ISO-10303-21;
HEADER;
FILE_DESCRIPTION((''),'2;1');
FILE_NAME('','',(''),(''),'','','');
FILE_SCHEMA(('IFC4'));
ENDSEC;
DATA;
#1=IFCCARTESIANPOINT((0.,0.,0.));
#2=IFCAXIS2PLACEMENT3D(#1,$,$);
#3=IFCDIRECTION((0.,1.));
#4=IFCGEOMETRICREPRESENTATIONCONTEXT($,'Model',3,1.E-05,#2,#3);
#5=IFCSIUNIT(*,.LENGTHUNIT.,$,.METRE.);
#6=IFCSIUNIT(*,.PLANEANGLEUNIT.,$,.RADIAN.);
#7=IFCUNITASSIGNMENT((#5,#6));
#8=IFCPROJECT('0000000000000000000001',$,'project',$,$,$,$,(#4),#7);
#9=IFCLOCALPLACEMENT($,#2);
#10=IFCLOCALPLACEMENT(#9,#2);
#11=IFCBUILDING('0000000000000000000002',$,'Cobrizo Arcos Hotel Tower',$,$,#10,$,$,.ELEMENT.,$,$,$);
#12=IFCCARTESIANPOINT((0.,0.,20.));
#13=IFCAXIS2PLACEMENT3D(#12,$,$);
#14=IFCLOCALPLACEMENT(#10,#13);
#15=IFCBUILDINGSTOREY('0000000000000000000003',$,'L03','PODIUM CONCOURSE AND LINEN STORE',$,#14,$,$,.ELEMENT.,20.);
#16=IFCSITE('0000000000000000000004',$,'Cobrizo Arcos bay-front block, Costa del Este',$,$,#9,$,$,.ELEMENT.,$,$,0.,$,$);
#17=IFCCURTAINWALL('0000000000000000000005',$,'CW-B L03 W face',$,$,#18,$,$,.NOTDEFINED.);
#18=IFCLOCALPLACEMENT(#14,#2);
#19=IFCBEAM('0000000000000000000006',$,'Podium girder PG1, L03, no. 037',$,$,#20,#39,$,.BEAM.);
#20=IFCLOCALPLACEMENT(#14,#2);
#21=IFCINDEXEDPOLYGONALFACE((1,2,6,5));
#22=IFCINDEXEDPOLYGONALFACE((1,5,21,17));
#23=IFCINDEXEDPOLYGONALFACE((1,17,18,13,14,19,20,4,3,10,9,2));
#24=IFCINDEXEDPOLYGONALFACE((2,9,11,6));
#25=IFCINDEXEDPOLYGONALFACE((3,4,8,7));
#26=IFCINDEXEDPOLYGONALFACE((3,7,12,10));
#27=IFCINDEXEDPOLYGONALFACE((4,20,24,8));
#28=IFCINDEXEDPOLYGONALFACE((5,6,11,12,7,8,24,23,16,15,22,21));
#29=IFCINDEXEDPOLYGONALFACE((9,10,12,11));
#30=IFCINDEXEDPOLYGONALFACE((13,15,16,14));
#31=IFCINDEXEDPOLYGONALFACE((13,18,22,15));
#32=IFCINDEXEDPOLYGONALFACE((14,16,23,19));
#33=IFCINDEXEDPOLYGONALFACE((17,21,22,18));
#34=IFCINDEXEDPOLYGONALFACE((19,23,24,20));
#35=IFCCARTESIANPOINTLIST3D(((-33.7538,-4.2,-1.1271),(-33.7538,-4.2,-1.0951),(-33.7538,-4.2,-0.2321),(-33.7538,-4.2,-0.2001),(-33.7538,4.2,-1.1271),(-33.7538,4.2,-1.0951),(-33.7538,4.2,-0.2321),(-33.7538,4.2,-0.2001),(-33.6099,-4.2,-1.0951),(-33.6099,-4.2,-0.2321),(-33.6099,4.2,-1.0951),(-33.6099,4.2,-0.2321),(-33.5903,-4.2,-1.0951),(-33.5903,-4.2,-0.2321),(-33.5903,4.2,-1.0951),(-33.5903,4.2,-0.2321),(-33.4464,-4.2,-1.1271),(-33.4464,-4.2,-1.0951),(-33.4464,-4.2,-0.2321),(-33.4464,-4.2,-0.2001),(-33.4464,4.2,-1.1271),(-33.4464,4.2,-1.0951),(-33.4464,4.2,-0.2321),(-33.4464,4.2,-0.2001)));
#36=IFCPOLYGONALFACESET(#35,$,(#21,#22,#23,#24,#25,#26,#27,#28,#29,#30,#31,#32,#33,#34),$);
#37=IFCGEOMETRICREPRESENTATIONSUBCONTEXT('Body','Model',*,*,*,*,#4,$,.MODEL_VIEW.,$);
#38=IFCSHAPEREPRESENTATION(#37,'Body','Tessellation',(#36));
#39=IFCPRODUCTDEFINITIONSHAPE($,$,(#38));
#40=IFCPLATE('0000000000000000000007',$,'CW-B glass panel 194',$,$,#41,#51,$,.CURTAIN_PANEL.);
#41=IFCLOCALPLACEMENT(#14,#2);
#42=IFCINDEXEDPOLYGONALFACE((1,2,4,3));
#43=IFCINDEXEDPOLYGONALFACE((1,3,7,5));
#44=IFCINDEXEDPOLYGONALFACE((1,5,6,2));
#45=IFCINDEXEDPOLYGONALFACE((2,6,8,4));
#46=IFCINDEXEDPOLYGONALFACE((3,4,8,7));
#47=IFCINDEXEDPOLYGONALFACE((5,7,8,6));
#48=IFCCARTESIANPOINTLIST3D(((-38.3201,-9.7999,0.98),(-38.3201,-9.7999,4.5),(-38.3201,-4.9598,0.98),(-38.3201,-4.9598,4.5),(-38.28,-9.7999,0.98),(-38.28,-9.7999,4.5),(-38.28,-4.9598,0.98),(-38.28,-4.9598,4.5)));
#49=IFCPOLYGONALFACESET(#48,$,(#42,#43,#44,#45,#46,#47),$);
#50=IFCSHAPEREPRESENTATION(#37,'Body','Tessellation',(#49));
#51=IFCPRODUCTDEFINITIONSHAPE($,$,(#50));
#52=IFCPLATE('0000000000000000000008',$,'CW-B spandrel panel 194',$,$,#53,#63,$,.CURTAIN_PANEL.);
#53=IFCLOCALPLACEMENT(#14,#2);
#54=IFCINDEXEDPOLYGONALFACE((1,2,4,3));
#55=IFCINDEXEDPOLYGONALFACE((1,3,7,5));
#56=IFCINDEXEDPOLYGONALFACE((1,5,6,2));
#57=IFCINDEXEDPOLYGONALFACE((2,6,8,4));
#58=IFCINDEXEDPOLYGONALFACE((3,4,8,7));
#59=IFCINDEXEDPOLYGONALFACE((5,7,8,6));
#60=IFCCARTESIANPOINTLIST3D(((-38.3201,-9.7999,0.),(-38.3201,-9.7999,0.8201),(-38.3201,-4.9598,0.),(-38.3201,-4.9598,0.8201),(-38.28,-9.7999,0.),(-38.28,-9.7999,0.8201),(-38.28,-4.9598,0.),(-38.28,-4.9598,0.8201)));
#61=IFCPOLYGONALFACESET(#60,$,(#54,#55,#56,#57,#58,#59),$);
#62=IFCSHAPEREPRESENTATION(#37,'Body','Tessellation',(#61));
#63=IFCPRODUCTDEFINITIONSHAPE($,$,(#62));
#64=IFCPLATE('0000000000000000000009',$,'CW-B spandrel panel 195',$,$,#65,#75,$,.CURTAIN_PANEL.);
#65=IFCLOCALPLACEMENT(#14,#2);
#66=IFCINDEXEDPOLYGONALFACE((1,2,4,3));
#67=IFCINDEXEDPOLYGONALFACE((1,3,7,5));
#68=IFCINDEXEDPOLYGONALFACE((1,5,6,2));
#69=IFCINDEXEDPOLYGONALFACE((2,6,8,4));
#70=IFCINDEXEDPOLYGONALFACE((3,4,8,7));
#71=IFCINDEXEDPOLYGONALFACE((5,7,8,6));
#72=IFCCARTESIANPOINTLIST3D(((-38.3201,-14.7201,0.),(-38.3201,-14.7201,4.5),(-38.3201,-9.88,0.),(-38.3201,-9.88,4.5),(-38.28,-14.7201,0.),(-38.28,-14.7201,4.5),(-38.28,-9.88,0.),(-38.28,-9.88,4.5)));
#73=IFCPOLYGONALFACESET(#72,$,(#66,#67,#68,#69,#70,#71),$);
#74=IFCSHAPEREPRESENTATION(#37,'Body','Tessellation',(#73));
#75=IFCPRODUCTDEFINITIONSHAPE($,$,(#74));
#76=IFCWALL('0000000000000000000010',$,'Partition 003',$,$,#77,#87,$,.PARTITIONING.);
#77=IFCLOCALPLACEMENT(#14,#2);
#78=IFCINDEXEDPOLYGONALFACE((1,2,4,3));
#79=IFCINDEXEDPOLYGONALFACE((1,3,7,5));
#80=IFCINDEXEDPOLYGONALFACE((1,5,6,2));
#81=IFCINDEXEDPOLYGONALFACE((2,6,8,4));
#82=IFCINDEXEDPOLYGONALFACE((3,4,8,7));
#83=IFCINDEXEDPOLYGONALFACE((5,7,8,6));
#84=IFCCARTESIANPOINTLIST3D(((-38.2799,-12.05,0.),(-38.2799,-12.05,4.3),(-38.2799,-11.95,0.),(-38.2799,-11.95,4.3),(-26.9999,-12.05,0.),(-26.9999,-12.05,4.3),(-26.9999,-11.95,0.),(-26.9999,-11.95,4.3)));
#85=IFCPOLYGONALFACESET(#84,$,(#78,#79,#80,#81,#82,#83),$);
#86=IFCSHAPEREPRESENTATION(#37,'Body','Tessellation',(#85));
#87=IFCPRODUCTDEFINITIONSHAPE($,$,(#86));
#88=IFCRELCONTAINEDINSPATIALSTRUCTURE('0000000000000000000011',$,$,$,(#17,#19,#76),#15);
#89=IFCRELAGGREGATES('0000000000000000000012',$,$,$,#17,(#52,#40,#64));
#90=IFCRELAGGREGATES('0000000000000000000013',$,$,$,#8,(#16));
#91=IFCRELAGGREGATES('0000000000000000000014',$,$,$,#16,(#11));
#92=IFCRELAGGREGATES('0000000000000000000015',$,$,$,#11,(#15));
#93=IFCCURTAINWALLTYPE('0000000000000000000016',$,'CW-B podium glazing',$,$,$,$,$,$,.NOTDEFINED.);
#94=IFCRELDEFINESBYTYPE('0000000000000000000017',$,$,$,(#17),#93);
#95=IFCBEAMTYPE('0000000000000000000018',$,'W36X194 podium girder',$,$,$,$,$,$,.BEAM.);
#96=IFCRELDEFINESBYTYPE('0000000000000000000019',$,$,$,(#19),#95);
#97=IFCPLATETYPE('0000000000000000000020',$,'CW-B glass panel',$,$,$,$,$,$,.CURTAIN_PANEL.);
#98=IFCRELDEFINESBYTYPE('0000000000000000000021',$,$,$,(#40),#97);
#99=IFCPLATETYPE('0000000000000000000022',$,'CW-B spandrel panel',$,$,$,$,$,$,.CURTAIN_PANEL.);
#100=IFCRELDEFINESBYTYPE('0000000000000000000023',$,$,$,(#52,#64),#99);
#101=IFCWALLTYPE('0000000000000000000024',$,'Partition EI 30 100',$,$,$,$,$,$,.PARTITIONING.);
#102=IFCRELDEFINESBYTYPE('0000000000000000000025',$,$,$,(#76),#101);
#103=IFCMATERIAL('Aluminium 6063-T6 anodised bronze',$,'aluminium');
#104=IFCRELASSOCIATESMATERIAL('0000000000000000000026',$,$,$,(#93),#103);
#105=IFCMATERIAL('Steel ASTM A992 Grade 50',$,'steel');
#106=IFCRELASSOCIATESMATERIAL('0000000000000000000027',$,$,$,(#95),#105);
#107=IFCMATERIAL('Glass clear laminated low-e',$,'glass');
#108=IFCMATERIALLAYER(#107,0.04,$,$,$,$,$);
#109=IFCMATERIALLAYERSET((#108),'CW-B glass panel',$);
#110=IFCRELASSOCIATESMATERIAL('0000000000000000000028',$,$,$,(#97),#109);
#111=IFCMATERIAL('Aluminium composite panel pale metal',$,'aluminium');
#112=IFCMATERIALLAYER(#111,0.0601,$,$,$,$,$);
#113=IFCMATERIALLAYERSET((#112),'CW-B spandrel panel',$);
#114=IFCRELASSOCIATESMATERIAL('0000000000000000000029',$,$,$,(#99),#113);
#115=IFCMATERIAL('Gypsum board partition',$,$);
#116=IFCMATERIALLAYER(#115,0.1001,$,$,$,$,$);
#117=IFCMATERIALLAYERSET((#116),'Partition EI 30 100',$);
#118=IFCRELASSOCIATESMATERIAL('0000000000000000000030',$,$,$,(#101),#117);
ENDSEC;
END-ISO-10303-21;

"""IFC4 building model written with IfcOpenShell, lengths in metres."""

from ifc_helpers import new_model, si_unit, direction, frame, frame_2d, origin, origin_2d, place, context, subcontext, project, spatial, rectangle, i_section, extrude, material, layer, layer_set, material_profile, profile_set, type_object, element, aggregate, save


model = new_model("IFC4")

# Units and contexts
model_context = context("Model", 3, precision=1e-05, world=origin(), true_north=direction((0.0, 1.0)))
body_context = subcontext(model_context, "Body", "Model", "MODEL_VIEW")
ifc_project = project(units=[si_unit("LENGTHUNIT", "METRE"), si_unit("PLANEANGLEUNIT", "RADIAN")], contexts=[model_context])

# Site, building, storey
site_placement = place(None, origin())
site = spatial("IfcSite", under=ifc_project, at=site_placement, Name="Cobrizo Arcos bay-front block, Costa del Este", CompositionType="ELEMENT", RefElevation=0.0)
building_placement = place(site_placement, origin())
building = spatial("IfcBuilding", under=site, at=building_placement, Name="Cobrizo Arcos Hotel Tower", CompositionType="ELEMENT")
storey_placement = place(building_placement, frame((0.0, 0.0, 20.0)))
storey = spatial("IfcBuildingStorey", under=building, at=storey_placement, Name="L03", Description="PODIUM CONCOURSE AND LINEN STORE", CompositionType="ELEMENT", Elevation=20.0)

# Curtain wall
ifc_material_1 = material(Name="Aluminium 6063-T6 anodised bronze", Category="aluminium")
curtain_wall_type = type_object("IfcCurtainWallType", Name="CW-B podium glazing", PredefinedType="NOTDEFINED", material=ifc_material_1)
curtain_wall_placement = place(storey_placement, origin())
curtain_wall = element("IfcCurtainWall", 1, at=curtain_wall_placement, inside=storey, type_object=curtain_wall_type, Name="CW-B L03 W face", PredefinedType="NOTDEFINED")

# Beam
ifc_material_2 = material(Name="Steel ASTM A992 Grade 50", Category="steel")
ifc_material_profile_1 = material_profile(ifc_material_2, i_section(OverallWidth=0.3074, OverallDepth=0.927, WebThickness=0.0195, FlangeThickness=0.032, at=origin_2d()), Name="W36X194")
ifc_profile_set_1 = profile_set([ifc_material_profile_1], Name="Steel ASTM A992 Grade 50")
beam_type_1 = type_object("IfcBeamType", Name="W36X194 podium girder", PredefinedType="BEAM", material=ifc_profile_set_1)
beam_1_placement = place(storey_placement, frame((-33.6001, -4.2, -0.6636), z_axis=(0.0, 1.0, 0.0), x_axis=(-1.0, 0.0, 0.0)))
element("IfcBeam", 2, at=beam_1_placement, inside=storey, type_object=beam_type_1, Name="Podium girder PG1, L03, no. 037", PredefinedType="BEAM", context=body_context, shape_type="SweptSolid", body=[
    extrude(i_section(OverallWidth=0.3074, OverallDepth=0.927, WebThickness=0.0195, FlangeThickness=0.032, at=origin_2d()), origin(), (0.0, 0.0, 1.0), 8.3999),
])

# Plates
ifc_material_3 = material(Name="Glass clear laminated low-e", Category="glass")
ifc_layer_1 = layer(ifc_material_3, 0.04)
ifc_layer_set_1 = layer_set([ifc_layer_1], Name="CW-B glass panel")
plate_type_1 = type_object("IfcPlateType", Name="CW-B glass panel", PredefinedType="CURTAIN_PANEL", material=ifc_layer_set_1)
plate_1_placement = place(storey_placement, frame((-38.3, -7.3799, 0.98), z_axis=(0.0, 0.0, 1.0), x_axis=(0.0, -1.0, 0.0)))
plate_1 = element("IfcPlate", 3, at=plate_1_placement, type_object=plate_type_1, Name="CW-B glass panel 194", PredefinedType="CURTAIN_PANEL", context=body_context, shape_type="SweptSolid", body=[
    extrude(rectangle(XDim=4.8401, YDim=0.04, at=origin_2d()), origin(), (0.0, 0.0, 1.0), 3.52),
])
ifc_material_4 = material(Name="Aluminium composite panel pale metal", Category="aluminium")
ifc_layer_2 = layer(ifc_material_4, 0.0601)
ifc_layer_set_2 = layer_set([ifc_layer_2], Name="CW-B spandrel panel")
plate_type_2 = type_object("IfcPlateType", Name="CW-B spandrel panel", PredefinedType="CURTAIN_PANEL", material=ifc_layer_set_2)
plate_2_placement = place(storey_placement, frame((-38.3, -7.3799, 0.0), z_axis=(0.0, 0.0, 1.0), x_axis=(0.0, -1.0, 0.0)))
plate_2 = element("IfcPlate", 4, at=plate_2_placement, type_object=plate_type_2, Name="CW-B spandrel panel 194", PredefinedType="CURTAIN_PANEL", context=body_context, shape_type="SweptSolid", body=[
    extrude(rectangle(XDim=4.8401, YDim=0.04, at=origin_2d()), origin(), (0.0, 0.0, 1.0), 0.8201),
])
plate_3_placement = place(storey_placement, frame((-38.3, -12.3, 0.0), z_axis=(0.0, 0.0, 1.0), x_axis=(0.0, -1.0, 0.0)))
plate_3 = element("IfcPlate", 5, at=plate_3_placement, type_object=plate_type_2, Name="CW-B spandrel panel 195", PredefinedType="CURTAIN_PANEL", context=body_context, shape_type="SweptSolid", body=[
    extrude(rectangle(XDim=4.8401, YDim=0.04, at=origin_2d()), origin(), (0.0, 0.0, 1.0), 4.5),
])
aggregate(curtain_wall, [plate_2, plate_1, plate_3])

# Wall
ifc_material_5 = material(Name="Gypsum board partition")
ifc_layer_3 = layer(ifc_material_5, 0.1001)
ifc_layer_set_3 = layer_set([ifc_layer_3], Name="Partition EI 30 100")
wall_type = type_object("IfcWallType", Name="Partition EI 30 100", PredefinedType="PARTITIONING", material=ifc_layer_set_3)
wall_placement = place(storey_placement, frame((-38.28, -12.0, 0.0), z_axis=(0.0, 0.0, 1.0), x_axis=(1.0, 0.0, 0.0)))
element("IfcWall", 6, at=wall_placement, inside=storey, type_object=wall_type, Name="Partition 003", PredefinedType="PARTITIONING", context=body_context, shape_type="SweptSolid", body=[
    extrude(rectangle(XDim=11.28, YDim=0.1001, at=frame_2d((5.6401, 0.0))), origin(), (0.0, 0.0, 1.0), 4.3),
])

save(model, "model.ifc")
